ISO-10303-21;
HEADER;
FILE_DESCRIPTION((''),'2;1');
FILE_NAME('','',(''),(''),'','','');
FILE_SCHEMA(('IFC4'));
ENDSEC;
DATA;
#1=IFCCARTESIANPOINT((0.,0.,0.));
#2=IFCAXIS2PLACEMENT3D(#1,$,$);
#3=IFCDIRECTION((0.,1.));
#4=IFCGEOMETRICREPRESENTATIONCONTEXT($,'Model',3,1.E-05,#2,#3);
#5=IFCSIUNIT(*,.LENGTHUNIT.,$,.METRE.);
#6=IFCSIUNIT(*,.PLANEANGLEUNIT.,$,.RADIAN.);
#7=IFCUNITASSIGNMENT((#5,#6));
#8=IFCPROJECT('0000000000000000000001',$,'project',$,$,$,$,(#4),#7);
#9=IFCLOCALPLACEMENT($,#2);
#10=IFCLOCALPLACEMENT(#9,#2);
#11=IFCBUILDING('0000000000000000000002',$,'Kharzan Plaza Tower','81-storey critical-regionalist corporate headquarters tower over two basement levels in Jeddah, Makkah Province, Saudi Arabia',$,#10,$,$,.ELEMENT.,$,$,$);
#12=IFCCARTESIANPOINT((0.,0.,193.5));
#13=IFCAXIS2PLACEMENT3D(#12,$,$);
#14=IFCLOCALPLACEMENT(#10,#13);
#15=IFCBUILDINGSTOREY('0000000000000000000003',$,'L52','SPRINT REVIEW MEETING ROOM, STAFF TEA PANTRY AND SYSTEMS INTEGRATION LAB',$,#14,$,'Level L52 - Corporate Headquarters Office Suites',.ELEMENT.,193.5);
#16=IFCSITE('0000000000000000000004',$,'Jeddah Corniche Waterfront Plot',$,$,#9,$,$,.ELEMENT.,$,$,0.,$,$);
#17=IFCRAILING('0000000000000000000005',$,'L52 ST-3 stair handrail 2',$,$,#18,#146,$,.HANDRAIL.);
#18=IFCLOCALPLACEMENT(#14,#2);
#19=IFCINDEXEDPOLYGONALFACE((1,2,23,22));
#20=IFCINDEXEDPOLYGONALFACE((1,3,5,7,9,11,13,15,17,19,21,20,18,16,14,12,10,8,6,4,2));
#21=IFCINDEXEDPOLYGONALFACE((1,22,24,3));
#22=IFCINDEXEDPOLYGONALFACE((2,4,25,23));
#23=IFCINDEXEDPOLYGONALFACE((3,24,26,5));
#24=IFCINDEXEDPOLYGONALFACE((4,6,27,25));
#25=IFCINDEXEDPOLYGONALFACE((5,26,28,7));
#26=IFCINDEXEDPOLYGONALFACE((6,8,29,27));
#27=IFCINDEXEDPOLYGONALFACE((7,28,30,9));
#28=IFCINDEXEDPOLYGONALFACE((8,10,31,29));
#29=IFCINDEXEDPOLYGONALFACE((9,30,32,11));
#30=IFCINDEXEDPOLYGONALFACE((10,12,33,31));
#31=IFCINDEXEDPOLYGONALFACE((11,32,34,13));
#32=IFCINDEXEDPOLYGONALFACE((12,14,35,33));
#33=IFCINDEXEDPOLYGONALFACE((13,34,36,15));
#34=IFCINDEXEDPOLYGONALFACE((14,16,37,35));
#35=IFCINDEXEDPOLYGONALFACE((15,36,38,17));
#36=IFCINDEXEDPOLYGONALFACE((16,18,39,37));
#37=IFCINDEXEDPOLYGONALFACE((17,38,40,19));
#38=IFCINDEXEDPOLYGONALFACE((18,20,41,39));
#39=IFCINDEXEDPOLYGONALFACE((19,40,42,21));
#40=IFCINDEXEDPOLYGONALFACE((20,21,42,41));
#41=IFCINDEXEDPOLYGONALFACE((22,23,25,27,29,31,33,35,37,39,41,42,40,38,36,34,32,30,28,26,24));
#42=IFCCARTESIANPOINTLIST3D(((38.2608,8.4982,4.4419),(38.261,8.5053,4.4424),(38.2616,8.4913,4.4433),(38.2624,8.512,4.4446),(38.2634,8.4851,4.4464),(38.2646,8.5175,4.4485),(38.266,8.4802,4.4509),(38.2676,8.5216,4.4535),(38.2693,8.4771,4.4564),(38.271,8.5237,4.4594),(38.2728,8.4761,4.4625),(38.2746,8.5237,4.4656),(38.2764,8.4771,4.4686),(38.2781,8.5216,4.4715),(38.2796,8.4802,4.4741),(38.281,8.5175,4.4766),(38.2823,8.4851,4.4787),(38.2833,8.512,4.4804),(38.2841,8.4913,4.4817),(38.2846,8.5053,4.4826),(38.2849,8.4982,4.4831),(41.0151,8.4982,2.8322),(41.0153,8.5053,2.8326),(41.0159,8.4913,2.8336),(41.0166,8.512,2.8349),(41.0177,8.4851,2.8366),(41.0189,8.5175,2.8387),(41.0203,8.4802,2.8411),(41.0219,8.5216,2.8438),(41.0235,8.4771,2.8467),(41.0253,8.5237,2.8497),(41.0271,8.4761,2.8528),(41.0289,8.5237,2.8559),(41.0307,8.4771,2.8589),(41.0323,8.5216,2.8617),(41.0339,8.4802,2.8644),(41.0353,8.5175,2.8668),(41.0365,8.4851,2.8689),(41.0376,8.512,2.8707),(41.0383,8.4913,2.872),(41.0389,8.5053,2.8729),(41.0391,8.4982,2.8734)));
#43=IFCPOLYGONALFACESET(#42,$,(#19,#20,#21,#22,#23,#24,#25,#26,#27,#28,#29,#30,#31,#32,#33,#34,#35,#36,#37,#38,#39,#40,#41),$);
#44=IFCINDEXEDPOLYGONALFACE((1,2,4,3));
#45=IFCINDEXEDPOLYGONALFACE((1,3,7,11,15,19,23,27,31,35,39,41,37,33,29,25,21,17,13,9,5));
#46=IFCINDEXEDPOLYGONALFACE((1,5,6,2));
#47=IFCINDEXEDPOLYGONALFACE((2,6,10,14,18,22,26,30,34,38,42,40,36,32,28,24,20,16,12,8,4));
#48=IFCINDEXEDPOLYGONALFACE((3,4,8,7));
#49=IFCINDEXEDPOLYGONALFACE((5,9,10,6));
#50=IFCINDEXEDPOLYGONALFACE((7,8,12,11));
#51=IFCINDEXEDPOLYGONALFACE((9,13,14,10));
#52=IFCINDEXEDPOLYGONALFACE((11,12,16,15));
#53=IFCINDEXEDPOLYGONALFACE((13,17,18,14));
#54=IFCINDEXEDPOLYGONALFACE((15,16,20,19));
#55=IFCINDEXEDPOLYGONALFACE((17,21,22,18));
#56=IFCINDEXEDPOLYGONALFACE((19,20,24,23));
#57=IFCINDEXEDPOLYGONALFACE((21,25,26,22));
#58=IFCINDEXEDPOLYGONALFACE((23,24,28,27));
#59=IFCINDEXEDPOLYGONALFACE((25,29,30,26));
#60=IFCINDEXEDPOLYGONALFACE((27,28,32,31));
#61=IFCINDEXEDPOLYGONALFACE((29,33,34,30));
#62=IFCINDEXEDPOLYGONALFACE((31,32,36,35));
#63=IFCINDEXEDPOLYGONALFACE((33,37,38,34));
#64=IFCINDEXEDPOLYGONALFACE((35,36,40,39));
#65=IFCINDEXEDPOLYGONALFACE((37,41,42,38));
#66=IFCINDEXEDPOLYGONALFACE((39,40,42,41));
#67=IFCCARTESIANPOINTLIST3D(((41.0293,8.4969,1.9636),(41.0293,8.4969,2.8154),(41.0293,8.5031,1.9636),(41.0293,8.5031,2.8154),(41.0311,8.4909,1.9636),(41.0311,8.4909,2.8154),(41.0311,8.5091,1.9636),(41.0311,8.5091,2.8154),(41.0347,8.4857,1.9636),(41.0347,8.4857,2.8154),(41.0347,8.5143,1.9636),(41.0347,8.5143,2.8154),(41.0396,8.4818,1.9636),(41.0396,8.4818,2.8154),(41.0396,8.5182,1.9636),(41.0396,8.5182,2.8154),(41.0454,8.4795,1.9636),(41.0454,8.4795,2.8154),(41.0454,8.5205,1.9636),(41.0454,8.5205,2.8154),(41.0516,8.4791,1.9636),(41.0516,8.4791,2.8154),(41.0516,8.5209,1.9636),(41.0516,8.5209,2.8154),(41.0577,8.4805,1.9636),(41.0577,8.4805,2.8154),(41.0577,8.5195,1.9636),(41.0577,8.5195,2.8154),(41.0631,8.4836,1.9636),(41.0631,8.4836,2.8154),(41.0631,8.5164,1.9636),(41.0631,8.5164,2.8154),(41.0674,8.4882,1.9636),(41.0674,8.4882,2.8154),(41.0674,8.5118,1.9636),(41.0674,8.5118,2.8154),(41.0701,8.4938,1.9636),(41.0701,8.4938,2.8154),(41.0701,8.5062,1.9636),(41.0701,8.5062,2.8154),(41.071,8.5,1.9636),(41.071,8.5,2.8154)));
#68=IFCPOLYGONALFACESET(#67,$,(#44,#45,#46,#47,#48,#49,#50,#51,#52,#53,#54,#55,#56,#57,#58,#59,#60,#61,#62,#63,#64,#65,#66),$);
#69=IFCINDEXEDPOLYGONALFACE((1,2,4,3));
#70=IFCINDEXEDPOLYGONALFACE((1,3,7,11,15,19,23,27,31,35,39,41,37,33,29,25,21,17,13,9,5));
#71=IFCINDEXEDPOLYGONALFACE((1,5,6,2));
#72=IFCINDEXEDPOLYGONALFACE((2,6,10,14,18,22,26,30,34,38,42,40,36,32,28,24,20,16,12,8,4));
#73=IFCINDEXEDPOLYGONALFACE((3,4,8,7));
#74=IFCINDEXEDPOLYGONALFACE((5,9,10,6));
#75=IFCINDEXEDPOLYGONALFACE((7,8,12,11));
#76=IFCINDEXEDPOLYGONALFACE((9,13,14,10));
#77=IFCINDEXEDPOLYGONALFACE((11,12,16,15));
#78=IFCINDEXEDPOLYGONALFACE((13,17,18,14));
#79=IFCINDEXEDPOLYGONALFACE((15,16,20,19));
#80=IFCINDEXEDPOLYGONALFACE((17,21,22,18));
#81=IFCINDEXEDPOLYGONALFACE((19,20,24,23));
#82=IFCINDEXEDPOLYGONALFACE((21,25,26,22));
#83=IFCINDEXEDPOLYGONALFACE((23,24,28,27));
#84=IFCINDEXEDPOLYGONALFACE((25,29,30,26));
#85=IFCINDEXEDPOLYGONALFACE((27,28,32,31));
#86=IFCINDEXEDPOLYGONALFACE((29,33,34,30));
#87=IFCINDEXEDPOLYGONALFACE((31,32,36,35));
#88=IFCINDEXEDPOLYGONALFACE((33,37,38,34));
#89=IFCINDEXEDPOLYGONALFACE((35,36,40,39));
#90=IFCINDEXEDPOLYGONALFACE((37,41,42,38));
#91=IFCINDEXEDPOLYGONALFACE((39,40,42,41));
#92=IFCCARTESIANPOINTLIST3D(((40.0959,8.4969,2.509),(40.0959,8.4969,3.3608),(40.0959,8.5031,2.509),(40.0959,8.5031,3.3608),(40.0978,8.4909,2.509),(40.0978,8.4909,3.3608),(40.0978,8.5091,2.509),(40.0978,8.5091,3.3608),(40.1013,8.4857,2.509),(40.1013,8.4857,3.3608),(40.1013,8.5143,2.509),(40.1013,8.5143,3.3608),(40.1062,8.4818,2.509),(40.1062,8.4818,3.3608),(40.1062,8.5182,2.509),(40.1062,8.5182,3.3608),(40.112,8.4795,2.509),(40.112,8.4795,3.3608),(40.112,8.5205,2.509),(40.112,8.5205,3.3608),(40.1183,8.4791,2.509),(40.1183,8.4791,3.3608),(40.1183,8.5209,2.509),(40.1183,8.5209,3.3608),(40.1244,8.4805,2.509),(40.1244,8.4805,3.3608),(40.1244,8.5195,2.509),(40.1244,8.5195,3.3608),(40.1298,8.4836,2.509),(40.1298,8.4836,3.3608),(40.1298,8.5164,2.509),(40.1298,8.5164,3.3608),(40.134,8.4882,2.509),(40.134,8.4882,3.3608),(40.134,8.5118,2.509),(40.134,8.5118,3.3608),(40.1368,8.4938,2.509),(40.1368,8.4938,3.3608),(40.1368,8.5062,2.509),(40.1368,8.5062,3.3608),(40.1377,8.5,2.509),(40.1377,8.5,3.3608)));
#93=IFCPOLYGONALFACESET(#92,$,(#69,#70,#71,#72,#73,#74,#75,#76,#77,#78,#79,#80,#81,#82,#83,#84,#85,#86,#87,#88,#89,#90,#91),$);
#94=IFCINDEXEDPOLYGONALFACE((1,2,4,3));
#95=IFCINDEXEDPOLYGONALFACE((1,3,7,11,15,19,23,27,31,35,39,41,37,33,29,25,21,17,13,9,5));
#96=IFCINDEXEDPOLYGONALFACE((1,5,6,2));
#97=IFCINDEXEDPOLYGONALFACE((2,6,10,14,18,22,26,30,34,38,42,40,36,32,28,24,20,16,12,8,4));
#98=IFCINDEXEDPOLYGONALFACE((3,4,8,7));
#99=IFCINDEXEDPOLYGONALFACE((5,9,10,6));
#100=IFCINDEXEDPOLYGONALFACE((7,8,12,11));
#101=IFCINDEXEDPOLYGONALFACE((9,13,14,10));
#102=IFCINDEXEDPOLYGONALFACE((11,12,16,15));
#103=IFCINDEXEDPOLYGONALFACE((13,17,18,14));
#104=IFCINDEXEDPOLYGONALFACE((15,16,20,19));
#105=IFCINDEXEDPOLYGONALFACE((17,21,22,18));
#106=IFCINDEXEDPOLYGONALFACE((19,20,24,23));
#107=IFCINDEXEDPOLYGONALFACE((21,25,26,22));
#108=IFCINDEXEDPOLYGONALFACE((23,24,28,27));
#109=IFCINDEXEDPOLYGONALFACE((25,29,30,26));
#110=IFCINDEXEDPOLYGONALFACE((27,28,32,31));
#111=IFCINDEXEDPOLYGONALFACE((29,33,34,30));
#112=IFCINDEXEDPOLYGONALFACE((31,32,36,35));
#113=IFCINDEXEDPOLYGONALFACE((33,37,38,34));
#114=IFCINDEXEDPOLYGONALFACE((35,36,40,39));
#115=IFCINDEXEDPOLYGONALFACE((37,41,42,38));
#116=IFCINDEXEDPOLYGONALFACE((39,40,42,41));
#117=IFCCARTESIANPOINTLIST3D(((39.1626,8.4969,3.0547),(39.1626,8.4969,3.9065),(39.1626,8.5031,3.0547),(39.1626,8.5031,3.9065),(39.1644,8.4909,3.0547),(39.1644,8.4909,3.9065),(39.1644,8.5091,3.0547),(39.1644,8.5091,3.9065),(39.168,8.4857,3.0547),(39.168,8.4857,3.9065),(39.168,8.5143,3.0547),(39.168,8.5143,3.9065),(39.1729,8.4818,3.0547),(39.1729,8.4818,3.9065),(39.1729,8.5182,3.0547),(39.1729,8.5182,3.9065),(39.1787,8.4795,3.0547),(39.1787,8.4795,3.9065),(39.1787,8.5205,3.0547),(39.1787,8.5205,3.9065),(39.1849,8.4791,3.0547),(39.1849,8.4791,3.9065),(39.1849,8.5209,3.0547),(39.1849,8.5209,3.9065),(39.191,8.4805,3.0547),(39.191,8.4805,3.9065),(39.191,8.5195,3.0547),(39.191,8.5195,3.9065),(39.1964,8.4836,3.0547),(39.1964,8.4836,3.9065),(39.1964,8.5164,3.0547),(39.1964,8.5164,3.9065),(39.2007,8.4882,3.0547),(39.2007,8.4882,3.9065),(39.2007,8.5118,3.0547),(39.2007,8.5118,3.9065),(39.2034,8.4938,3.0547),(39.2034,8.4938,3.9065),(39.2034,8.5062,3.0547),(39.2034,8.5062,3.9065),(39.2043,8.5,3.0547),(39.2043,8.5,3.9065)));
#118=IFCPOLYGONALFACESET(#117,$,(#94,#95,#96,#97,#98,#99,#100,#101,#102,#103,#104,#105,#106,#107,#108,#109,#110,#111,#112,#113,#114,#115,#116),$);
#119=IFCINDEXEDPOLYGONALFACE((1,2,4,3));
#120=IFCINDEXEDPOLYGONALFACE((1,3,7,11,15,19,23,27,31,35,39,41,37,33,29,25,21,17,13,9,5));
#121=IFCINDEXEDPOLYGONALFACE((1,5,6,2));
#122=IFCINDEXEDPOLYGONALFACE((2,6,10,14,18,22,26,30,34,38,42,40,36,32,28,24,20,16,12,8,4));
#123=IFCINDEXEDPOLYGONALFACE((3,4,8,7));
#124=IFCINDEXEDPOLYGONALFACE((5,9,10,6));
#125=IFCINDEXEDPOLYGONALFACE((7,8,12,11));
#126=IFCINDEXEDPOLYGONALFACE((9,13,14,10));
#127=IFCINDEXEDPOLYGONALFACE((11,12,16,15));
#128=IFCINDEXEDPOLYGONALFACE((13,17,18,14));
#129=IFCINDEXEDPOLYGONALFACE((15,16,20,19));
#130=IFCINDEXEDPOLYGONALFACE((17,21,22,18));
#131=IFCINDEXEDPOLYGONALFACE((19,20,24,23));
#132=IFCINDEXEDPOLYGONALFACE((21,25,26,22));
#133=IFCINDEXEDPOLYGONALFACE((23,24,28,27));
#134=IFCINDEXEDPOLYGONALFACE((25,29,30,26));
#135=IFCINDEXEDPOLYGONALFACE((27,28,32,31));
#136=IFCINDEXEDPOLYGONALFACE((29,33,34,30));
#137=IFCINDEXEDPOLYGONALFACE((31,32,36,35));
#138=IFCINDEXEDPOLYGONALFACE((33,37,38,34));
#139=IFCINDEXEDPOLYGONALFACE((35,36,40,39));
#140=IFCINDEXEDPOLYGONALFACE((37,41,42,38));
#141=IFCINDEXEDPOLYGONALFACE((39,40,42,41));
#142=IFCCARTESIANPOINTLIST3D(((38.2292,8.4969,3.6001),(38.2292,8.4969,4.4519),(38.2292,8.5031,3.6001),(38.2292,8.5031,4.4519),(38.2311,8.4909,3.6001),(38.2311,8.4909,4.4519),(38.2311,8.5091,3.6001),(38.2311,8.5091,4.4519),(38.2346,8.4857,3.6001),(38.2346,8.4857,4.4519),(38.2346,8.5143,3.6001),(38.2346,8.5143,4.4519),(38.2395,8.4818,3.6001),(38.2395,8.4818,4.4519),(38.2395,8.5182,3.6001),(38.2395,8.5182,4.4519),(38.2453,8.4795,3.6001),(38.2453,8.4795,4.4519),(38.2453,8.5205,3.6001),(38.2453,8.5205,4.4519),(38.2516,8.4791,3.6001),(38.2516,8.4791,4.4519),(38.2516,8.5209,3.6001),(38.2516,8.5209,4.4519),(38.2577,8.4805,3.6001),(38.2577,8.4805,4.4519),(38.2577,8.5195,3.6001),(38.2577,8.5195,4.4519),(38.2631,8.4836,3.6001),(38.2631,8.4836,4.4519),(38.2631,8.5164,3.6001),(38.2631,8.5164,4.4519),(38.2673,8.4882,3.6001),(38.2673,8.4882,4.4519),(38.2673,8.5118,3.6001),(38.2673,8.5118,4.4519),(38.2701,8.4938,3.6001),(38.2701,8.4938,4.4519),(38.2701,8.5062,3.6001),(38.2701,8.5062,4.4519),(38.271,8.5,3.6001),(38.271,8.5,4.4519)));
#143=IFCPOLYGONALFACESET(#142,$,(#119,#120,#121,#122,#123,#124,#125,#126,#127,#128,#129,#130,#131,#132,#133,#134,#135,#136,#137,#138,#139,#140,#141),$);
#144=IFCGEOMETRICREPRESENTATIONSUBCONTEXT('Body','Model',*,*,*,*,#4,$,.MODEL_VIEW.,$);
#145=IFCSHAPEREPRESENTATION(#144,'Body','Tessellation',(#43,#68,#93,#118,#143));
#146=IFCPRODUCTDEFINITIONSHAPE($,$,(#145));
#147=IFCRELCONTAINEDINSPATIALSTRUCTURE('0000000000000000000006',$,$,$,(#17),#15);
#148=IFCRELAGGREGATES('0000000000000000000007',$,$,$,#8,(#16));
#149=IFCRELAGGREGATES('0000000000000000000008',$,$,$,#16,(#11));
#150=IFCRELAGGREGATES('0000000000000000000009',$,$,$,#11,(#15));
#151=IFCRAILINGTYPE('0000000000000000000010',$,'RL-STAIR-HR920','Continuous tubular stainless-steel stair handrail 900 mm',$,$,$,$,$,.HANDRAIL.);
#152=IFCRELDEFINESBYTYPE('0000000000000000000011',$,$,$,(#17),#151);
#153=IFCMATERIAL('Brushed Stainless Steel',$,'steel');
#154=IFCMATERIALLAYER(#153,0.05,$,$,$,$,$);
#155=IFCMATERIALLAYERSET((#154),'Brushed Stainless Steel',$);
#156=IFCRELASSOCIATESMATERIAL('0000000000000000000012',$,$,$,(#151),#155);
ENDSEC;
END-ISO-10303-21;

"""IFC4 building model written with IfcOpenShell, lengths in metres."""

from ifc_helpers import new_model, si_unit, direction, frame, origin, origin_2d, place, context, subcontext, project, spatial, circle, extrude, source, transform, mapped, material, layer, layer_set, type_object, element, save


model = new_model("IFC4")

# Units and contexts
model_context = context("Model", 3, precision=1e-05, world=origin(), true_north=direction((0.0, 1.0)))
body_context = subcontext(model_context, "Body", "Model", "MODEL_VIEW")
ifc_project = project(units=[si_unit("LENGTHUNIT", "METRE"), si_unit("PLANEANGLEUNIT", "RADIAN")], contexts=[model_context])

# Site, building, storey
site_placement = place(None, origin())
site = spatial("IfcSite", under=ifc_project, at=site_placement, Name="Jeddah Corniche Waterfront Plot", CompositionType="ELEMENT", RefElevation=0.0)
building_placement = place(site_placement, origin())
building = spatial("IfcBuilding", under=site, at=building_placement, Name="Kharzan Plaza Tower", Description="81-storey critical-regionalist corporate headquarters tower over two basement levels in Jeddah, Makkah Province, Saudi Arabia", CompositionType="ELEMENT")
storey_placement = place(building_placement, frame((0.0, 0.0, 193.5)))
storey = spatial("IfcBuildingStorey", under=building, at=storey_placement, Name="L52", Description="SPRINT REVIEW MEETING ROOM, STAFF TEA PANTRY AND SYSTEMS INTEGRATION LAB", LongName="Level L52 - Corporate Headquarters Office Suites", CompositionType="ELEMENT", Elevation=193.5)

# Shared definitions
ifc_material_1 = material(Name="Brushed Stainless Steel", Category="steel")

# Railing
ifc_layer_1 = layer(ifc_material_1, 0.05)
ifc_layer_set_1 = layer_set([ifc_layer_1], Name="Brushed Stainless Steel")
railing_type_1 = type_object("IfcRailingType", Name="RL-STAIR-HR920", Description="Continuous tubular stainless-steel stair handrail 900 mm", PredefinedType="HANDRAIL", material=ifc_layer_set_1)
shared_shape_1 = source(origin(), body_context, "Body", "SweptSolid", [
    extrude(circle(Radius=0.0239, at=origin_2d()), frame((-0.0229, 0.0, 0.8892), z_axis=(-0.863361, 0.0, 0.504587), x_axis=(0.0, -1.0, 0.0)), (0.0, 0.0, 1.0), 3.1902),
    extrude(circle(Radius=0.021, at=origin_2d()), origin(), (0.0, 0.0, 1.0), 0.8518),
    extrude(circle(Radius=0.021, at=origin_2d()), frame((-0.9333, 0.0, 0.5454)), (0.0, 0.0, 1.0), 0.8518),
    extrude(circle(Radius=0.021, at=origin_2d()), frame((-1.8667, 0.0, 1.0911)), (0.0, 0.0, 1.0), 0.8518),
    extrude(circle(Radius=0.021, at=origin_2d()), frame((-2.8, 0.0, 1.6365)), (0.0, 0.0, 1.0), 0.8518),
])
railing_1_placement = place(storey_placement, frame((41.05, 8.5, 1.9636)))
element("IfcRailing", 1, at=railing_1_placement, inside=storey, type_object=railing_type_1, Name="L52 ST-3 stair handrail 2", PredefinedType="HANDRAIL", context=body_context, shape_type="MappedRepresentation", body=[
    mapped(shared_shape_1, transform((0.0, 0.0, 0.0), x_axis=(1.0, 0.0, 0.0), y_axis=(0.0, 1.0, 0.0), z_axis=(0.0, 0.0, 1.0))),
])

save(model, "model.ifc")
